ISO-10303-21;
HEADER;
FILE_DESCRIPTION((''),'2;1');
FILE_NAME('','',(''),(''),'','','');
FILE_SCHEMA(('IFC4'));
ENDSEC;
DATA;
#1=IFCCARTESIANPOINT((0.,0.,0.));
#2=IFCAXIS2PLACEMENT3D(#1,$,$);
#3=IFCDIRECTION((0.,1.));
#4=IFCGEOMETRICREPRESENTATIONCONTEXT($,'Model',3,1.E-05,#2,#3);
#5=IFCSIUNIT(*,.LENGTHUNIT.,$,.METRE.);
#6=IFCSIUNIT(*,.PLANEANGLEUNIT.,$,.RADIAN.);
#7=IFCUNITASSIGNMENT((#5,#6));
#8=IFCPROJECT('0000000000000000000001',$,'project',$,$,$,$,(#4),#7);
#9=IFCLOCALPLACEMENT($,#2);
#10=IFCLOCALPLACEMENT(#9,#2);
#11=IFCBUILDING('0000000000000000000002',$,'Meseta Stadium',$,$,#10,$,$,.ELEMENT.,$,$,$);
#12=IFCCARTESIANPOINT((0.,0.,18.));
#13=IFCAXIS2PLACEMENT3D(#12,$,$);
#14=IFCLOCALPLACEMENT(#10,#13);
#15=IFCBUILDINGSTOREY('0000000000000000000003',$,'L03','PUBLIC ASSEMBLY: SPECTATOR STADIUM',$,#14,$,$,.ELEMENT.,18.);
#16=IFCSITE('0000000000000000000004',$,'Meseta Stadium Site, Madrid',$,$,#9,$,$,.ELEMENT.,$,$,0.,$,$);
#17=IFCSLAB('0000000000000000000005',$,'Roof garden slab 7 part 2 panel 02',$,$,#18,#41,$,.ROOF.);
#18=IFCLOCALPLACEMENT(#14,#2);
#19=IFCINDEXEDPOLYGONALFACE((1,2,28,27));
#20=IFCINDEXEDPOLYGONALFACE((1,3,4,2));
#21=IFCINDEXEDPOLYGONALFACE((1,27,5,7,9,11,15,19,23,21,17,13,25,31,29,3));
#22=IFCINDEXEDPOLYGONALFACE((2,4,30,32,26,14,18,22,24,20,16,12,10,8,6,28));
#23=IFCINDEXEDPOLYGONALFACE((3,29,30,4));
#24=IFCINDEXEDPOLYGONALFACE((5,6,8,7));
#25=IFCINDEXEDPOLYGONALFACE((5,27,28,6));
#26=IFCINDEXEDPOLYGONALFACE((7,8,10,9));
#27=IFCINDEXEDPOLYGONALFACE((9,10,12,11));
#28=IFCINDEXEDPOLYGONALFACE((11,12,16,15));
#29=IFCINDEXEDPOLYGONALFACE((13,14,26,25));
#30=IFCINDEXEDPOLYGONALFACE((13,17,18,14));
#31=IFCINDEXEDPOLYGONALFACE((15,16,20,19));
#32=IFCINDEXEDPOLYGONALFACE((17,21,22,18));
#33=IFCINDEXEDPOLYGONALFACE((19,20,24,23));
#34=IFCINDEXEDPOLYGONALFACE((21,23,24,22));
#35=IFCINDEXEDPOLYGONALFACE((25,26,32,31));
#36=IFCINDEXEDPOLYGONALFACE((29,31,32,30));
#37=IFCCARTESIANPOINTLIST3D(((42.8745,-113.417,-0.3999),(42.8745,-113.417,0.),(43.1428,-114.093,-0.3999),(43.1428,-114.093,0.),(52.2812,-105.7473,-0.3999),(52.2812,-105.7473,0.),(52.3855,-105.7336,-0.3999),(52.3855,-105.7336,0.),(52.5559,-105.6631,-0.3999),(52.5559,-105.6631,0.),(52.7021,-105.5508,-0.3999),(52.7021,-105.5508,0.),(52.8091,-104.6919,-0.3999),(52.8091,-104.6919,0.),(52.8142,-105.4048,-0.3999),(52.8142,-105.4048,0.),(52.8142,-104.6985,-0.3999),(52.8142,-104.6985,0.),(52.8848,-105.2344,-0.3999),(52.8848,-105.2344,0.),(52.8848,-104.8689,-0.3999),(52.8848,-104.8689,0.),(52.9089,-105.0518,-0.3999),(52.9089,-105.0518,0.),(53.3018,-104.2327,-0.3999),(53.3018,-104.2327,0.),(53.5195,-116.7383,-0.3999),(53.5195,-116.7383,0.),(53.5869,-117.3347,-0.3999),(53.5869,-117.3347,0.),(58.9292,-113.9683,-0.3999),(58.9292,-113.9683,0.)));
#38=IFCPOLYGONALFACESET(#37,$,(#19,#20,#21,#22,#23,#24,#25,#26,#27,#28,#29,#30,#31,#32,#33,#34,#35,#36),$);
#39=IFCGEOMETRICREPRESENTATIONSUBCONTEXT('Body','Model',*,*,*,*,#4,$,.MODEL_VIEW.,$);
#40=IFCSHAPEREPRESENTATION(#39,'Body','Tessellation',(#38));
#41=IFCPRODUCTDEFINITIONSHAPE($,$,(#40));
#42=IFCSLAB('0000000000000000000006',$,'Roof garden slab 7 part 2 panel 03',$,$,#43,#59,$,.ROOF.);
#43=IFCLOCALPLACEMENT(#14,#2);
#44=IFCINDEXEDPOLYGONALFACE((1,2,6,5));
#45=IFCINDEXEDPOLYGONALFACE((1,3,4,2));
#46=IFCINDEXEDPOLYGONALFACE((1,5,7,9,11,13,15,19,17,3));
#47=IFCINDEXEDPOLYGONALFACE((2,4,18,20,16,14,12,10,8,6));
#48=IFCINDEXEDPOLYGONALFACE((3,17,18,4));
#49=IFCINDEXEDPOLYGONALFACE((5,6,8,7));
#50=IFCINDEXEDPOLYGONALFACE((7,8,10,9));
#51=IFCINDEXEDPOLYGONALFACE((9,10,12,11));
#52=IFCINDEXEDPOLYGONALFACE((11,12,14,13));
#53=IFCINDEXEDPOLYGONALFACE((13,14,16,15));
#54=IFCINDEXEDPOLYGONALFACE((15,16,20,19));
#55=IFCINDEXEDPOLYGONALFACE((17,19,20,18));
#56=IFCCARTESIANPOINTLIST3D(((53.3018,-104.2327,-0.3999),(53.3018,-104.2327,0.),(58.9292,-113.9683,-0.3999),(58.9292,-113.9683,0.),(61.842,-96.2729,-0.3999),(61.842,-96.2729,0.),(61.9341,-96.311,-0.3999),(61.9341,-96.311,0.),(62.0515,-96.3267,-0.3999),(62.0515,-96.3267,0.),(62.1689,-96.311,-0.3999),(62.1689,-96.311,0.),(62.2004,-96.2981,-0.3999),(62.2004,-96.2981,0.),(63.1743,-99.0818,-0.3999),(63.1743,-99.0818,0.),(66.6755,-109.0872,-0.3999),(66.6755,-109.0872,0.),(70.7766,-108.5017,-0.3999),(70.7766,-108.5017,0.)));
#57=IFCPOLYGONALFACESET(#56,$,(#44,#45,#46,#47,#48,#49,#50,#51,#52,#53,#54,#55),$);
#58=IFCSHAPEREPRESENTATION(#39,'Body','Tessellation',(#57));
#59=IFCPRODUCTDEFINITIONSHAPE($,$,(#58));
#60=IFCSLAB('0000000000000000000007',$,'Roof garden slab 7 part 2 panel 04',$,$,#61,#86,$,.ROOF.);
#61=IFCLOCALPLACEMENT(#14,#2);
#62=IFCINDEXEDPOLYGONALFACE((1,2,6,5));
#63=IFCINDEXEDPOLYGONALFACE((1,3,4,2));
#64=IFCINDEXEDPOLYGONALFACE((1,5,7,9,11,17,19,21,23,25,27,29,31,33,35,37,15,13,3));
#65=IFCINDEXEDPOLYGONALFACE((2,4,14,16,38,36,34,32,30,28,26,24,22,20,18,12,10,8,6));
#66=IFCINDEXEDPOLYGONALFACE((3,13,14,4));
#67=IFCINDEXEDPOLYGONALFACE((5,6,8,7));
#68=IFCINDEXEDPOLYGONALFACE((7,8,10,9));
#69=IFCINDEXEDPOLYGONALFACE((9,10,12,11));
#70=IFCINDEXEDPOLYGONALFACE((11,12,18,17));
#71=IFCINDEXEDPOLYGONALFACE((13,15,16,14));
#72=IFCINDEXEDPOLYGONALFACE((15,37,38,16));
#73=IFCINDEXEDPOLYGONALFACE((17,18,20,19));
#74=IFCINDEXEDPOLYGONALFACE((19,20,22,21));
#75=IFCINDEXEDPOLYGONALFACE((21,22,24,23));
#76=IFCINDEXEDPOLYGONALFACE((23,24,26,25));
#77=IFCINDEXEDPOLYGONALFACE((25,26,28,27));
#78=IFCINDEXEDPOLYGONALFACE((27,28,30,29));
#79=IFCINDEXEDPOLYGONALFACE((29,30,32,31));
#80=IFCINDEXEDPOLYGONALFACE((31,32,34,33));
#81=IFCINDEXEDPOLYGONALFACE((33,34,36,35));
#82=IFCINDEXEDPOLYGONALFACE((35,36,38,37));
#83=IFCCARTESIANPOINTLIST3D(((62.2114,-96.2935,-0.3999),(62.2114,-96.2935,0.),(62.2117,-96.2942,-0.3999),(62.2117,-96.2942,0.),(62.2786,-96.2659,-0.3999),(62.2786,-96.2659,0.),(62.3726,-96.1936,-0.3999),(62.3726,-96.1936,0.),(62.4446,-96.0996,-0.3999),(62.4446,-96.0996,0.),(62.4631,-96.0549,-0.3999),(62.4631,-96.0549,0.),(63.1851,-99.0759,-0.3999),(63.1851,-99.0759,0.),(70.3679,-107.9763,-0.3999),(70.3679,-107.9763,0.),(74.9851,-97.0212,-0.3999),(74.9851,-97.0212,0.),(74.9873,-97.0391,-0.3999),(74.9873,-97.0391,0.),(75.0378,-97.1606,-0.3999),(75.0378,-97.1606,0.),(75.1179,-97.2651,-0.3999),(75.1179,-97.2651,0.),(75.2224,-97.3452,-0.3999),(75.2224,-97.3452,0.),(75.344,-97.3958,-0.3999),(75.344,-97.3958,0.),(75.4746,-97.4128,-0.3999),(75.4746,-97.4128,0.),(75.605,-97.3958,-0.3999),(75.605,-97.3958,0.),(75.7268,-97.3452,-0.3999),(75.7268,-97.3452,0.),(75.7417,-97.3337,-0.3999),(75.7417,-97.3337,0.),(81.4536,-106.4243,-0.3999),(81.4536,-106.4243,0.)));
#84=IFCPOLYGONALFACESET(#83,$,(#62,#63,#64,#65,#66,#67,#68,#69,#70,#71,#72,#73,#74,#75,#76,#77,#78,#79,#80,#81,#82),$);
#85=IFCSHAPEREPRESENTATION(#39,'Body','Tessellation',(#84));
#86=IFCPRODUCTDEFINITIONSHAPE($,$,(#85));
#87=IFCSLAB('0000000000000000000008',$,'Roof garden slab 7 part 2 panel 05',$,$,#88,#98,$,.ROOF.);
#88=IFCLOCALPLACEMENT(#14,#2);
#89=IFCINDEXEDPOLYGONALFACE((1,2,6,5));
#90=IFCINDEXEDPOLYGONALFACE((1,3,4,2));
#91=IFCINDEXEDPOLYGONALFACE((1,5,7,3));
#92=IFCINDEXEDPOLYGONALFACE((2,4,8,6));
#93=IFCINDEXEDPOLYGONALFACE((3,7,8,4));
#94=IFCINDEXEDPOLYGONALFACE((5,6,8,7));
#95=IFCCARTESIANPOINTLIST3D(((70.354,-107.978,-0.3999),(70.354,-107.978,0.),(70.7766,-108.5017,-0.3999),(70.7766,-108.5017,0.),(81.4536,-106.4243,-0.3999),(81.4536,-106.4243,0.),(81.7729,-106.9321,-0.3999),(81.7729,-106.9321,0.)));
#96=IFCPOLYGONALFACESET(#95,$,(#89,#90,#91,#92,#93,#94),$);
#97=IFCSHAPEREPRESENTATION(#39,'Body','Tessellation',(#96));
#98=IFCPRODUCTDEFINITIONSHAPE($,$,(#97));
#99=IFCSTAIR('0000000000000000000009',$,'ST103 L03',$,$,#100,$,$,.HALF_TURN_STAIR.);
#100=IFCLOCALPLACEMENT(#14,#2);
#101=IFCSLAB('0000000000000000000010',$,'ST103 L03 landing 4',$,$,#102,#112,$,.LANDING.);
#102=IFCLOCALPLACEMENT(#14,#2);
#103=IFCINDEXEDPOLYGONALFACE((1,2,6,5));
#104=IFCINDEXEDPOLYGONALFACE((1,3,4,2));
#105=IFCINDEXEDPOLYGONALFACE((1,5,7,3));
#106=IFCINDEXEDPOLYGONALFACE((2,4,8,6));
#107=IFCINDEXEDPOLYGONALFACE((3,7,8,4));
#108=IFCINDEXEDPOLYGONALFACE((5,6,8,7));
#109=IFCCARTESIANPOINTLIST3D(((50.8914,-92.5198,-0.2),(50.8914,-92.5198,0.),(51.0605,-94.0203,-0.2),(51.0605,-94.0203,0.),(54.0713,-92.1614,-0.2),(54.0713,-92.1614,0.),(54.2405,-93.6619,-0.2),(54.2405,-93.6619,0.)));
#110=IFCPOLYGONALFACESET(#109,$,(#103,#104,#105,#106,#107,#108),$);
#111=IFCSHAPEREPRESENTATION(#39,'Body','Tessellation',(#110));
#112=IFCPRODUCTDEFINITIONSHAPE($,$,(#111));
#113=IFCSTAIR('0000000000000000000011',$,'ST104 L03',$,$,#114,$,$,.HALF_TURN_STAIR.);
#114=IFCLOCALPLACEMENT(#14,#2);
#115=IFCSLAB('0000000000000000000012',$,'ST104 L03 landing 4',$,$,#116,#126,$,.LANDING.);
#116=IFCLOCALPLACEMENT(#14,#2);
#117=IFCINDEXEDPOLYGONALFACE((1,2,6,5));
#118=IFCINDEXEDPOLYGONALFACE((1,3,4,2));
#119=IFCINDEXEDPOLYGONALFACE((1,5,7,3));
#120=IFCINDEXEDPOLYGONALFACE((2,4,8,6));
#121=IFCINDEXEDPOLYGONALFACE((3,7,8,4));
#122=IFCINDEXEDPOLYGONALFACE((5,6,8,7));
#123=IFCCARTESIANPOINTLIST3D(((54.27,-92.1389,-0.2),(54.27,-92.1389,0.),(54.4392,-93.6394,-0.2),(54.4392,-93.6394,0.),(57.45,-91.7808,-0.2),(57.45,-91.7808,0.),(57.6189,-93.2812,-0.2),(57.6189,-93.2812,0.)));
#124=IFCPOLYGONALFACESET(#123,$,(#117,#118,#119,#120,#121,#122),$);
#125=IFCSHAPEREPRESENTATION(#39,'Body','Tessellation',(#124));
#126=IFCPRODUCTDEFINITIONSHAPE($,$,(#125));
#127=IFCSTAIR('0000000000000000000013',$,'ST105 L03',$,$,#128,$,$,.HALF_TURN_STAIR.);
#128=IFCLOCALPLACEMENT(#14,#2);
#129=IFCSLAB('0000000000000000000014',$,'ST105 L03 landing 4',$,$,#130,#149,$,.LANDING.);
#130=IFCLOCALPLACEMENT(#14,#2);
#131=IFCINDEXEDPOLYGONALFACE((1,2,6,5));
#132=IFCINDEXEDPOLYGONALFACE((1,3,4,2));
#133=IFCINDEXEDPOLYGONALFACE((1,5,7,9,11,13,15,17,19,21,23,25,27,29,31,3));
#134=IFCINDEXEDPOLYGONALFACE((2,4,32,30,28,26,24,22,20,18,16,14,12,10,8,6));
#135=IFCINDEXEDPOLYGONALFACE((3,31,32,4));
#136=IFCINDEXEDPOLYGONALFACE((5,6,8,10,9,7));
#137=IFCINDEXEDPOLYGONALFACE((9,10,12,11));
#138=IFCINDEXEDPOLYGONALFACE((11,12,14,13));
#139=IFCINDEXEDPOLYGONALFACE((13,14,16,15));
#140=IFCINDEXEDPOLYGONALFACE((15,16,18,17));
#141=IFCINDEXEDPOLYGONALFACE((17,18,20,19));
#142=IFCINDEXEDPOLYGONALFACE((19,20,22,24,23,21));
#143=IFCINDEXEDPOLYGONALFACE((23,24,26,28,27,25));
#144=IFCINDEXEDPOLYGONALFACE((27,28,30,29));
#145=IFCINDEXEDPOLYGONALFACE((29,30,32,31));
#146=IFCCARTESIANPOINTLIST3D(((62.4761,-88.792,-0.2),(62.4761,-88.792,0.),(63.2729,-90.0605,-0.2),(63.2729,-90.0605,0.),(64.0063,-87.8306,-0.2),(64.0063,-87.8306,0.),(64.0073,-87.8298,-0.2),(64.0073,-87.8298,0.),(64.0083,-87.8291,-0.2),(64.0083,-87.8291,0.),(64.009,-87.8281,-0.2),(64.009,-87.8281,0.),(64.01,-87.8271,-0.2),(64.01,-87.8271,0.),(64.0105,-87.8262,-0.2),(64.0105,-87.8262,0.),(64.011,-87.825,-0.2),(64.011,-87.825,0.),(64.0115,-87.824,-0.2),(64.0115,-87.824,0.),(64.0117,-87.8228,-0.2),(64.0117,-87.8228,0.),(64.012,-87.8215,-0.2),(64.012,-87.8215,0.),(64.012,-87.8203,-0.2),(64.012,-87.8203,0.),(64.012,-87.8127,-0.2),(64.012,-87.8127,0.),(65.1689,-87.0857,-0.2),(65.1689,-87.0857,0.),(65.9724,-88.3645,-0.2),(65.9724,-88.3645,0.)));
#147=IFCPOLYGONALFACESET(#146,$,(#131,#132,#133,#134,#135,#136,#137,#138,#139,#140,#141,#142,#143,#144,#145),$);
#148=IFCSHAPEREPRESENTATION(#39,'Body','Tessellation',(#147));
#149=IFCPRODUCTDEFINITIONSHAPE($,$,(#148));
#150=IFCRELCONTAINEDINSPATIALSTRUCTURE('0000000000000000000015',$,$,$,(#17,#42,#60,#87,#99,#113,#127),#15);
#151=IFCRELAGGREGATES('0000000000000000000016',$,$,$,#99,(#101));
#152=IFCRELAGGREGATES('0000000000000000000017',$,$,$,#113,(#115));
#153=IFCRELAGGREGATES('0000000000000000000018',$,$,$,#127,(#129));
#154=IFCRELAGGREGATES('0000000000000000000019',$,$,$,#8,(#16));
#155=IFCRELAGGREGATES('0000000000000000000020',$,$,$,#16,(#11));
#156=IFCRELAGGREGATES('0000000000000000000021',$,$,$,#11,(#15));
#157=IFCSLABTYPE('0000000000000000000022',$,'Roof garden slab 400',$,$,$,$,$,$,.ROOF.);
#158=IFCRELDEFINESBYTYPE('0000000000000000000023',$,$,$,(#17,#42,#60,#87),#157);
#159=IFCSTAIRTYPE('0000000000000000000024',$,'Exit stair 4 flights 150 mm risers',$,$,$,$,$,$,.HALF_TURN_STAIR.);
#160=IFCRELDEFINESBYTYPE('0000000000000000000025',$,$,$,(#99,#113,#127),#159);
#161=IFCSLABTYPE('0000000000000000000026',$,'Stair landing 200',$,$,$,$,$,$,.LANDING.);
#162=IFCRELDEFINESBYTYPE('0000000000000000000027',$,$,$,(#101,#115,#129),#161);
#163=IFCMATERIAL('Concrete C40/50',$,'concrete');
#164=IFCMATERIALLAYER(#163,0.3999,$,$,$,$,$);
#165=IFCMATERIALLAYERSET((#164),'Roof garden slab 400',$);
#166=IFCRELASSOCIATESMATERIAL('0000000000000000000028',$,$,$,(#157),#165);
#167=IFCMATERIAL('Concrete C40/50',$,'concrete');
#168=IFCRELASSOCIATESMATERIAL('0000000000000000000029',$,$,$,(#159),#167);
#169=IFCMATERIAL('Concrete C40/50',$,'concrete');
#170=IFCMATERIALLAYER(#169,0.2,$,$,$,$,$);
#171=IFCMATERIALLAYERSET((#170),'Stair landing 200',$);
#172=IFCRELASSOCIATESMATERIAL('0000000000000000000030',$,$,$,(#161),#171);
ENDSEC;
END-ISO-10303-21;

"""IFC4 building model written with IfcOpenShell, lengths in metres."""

from ifc_helpers import new_model, si_unit, direction, frame, origin, place, context, subcontext, project, spatial, polyline, outline, extrude, material, layer, layer_set, type_object, element, aggregate, save


model = new_model("IFC4")

# Units and contexts
model_context = context("Model", 3, precision=1e-05, world=origin(), true_north=direction((0.0, 1.0)))
body_context = subcontext(model_context, "Body", "Model", "MODEL_VIEW")
ifc_project = project(units=[si_unit("LENGTHUNIT", "METRE"), si_unit("PLANEANGLEUNIT", "RADIAN")], contexts=[model_context])

# Site, building, storey
site_placement = place(None, origin())
site = spatial("IfcSite", under=ifc_project, at=site_placement, Name="Meseta Stadium Site, Madrid", CompositionType="ELEMENT", RefElevation=0.0)
building_placement = place(site_placement, origin())
building = spatial("IfcBuilding", under=site, at=building_placement, Name="Meseta Stadium", CompositionType="ELEMENT")
storey_placement = place(building_placement, frame((0.0, 0.0, 18.0)))
storey = spatial("IfcBuildingStorey", under=building, at=storey_placement, Name="L03", Description="PUBLIC ASSEMBLY: SPECTATOR STADIUM", CompositionType="ELEMENT", Elevation=18.0)

# Slabs
ifc_material_1 = material(Name="Concrete C40/50", Category="concrete")
ifc_layer_1 = layer(ifc_material_1, 0.3999)
ifc_layer_set_1 = layer_set([ifc_layer_1], Name="Roof garden slab 400")
slab_type_1 = type_object("IfcSlabType", Name="Roof garden slab 400", PredefinedType="ROOF", material=ifc_layer_set_1)
slab_1_placement = place(storey_placement, frame((0.0, 0.0, -0.3999)))
element("IfcSlab", 1, at=slab_1_placement, inside=storey, type_object=slab_type_1, Name="Roof garden slab 7 part 2 panel 02", PredefinedType="ROOF", context=body_context, shape_type="SweptSolid", body=[
    extrude(outline(polyline([(53.5869, -117.3347), (58.9292, -113.9683), (53.3018, -104.2327), (52.8091, -104.6919), (52.8142, -104.6985), (52.8848, -104.8689), (52.9089, -105.0518), (52.8848, -105.2344), (52.8142, -105.4048), (52.7021, -105.5508), (52.5559, -105.6631), (52.3855, -105.7336), (52.2812, -105.7473), (53.5195, -116.7383), (42.8745, -113.417), (43.1428, -114.093), (53.5869, -117.3347)])), origin(), (0.0, 0.0, 1.0), 0.3999),
])
slab_2_placement = place(storey_placement, frame((0.0, 0.0, -0.3999)))
element("IfcSlab", 2, at=slab_2_placement, inside=storey, type_object=slab_type_1, Name="Roof garden slab 7 part 2 panel 03", PredefinedType="ROOF", context=body_context, shape_type="SweptSolid", body=[
    extrude(outline(polyline([(61.842, -96.2729), (53.3018, -104.2327), (58.9292, -113.9683), (66.6755, -109.0872), (70.7766, -108.5017), (63.1743, -99.0818), (62.2004, -96.2981), (62.1689, -96.311), (62.0515, -96.3267), (61.9341, -96.311), (61.842, -96.2729)])), origin(), (0.0, 0.0, 1.0), 0.3999),
])
slab_3_placement = place(storey_placement, frame((0.0, 0.0, -0.3999)))
element("IfcSlab", 3, at=slab_3_placement, inside=storey, type_object=slab_type_1, Name="Roof garden slab 7 part 2 panel 04", PredefinedType="ROOF", context=body_context, shape_type="SweptSolid", body=[
    extrude(outline(polyline([(62.2786, -96.2659), (62.2114, -96.2935), (62.2117, -96.2942), (63.1851, -99.0759), (70.3679, -107.9763), (81.4536, -106.4243), (75.7417, -97.3337), (75.7268, -97.3452), (75.605, -97.3958), (75.4746, -97.4128), (75.344, -97.3958), (75.2224, -97.3452), (75.1179, -97.2651), (75.0378, -97.1606), (74.9873, -97.0391), (74.9851, -97.0212), (62.4631, -96.0549), (62.4446, -96.0996), (62.3726, -96.1936), (62.2786, -96.2659)])), origin(), (0.0, 0.0, 1.0), 0.3999),
])
slab_4_placement = place(storey_placement, frame((0.0, 0.0, -0.3999)))
element("IfcSlab", 4, at=slab_4_placement, inside=storey, type_object=slab_type_1, Name="Roof garden slab 7 part 2 panel 05", PredefinedType="ROOF", context=body_context, shape_type="SweptSolid", body=[
    extrude(outline(polyline([(70.7766, -108.5017), (81.7729, -106.9321), (81.4536, -106.4243), (70.354, -107.978), (70.7766, -108.5017)])), origin(), (0.0, 0.0, 1.0), 0.3999),
])

# Stairs, slabs
ifc_material_2 = material(Name="Concrete C40/50", Category="concrete")
stair_type = type_object("IfcStairType", Name="Exit stair 4 flights 150 mm risers", PredefinedType="HALF_TURN_STAIR", material=ifc_material_2)
stair_1_placement = place(storey_placement, origin())
stair_1 = element("IfcStair", 5, at=stair_1_placement, inside=storey, type_object=stair_type, Name="ST103 L03", PredefinedType="HALF_TURN_STAIR")
ifc_material_3 = material(Name="Concrete C40/50", Category="concrete")
ifc_layer_2 = layer(ifc_material_3, 0.2)
ifc_layer_set_2 = layer_set([ifc_layer_2], Name="Stair landing 200")
slab_type_2 = type_object("IfcSlabType", Name="Stair landing 200", PredefinedType="LANDING", material=ifc_layer_set_2)
slab_5_placement = place(storey_placement, frame((0.0, 0.0, -0.2)))
slab_5 = element("IfcSlab", 6, at=slab_5_placement, type_object=slab_type_2, Name="ST103 L03 landing 4", PredefinedType="LANDING", context=body_context, shape_type="SweptSolid", body=[
    extrude(outline(polyline([(50.8914, -92.5198), (51.0605, -94.0203), (54.2405, -93.6619), (54.0713, -92.1614), (50.8914, -92.5198)])), origin(), (0.0, 0.0, 1.0), 0.2),
])
aggregate(stair_1, [slab_5])
stair_2_placement = place(storey_placement, origin())
stair_2 = element("IfcStair", 7, at=stair_2_placement, inside=storey, type_object=stair_type, Name="ST104 L03", PredefinedType="HALF_TURN_STAIR")
slab_6_placement = place(storey_placement, frame((0.0, 0.0, -0.2)))
slab_6 = element("IfcSlab", 8, at=slab_6_placement, type_object=slab_type_2, Name="ST104 L03 landing 4", PredefinedType="LANDING", context=body_context, shape_type="SweptSolid", body=[
    extrude(outline(polyline([(54.27, -92.1389), (54.4392, -93.6394), (57.6189, -93.2812), (57.45, -91.7808), (54.27, -92.1389)])), origin(), (0.0, 0.0, 1.0), 0.2),
])
aggregate(stair_2, [slab_6])
stair_3_placement = place(storey_placement, origin())
stair_3 = element("IfcStair", 9, at=stair_3_placement, inside=storey, type_object=stair_type, Name="ST105 L03", PredefinedType="HALF_TURN_STAIR")
slab_7_placement = place(storey_placement, frame((0.0, 0.0, -0.2)))
slab_7 = element("IfcSlab", 10, at=slab_7_placement, type_object=slab_type_2, Name="ST105 L03 landing 4", PredefinedType="LANDING", context=body_context, shape_type="SweptSolid", body=[
    extrude(outline(polyline([(65.1689, -87.0857), (64.012, -87.8127), (64.012, -87.8203), (64.012, -87.8215), (64.0117, -87.8228), (64.0115, -87.824), (64.011, -87.825), (64.0105, -87.8262), (64.01, -87.8271), (64.009, -87.8281), (64.0083, -87.8291), (64.0073, -87.8298), (64.0063, -87.8306), (62.4761, -88.792), (63.2729, -90.0605), (65.9724, -88.3645), (65.1689, -87.0857)])), origin(), (0.0, 0.0, 1.0), 0.2),
])
aggregate(stair_3, [slab_7])

save(model, "model.ifc")
